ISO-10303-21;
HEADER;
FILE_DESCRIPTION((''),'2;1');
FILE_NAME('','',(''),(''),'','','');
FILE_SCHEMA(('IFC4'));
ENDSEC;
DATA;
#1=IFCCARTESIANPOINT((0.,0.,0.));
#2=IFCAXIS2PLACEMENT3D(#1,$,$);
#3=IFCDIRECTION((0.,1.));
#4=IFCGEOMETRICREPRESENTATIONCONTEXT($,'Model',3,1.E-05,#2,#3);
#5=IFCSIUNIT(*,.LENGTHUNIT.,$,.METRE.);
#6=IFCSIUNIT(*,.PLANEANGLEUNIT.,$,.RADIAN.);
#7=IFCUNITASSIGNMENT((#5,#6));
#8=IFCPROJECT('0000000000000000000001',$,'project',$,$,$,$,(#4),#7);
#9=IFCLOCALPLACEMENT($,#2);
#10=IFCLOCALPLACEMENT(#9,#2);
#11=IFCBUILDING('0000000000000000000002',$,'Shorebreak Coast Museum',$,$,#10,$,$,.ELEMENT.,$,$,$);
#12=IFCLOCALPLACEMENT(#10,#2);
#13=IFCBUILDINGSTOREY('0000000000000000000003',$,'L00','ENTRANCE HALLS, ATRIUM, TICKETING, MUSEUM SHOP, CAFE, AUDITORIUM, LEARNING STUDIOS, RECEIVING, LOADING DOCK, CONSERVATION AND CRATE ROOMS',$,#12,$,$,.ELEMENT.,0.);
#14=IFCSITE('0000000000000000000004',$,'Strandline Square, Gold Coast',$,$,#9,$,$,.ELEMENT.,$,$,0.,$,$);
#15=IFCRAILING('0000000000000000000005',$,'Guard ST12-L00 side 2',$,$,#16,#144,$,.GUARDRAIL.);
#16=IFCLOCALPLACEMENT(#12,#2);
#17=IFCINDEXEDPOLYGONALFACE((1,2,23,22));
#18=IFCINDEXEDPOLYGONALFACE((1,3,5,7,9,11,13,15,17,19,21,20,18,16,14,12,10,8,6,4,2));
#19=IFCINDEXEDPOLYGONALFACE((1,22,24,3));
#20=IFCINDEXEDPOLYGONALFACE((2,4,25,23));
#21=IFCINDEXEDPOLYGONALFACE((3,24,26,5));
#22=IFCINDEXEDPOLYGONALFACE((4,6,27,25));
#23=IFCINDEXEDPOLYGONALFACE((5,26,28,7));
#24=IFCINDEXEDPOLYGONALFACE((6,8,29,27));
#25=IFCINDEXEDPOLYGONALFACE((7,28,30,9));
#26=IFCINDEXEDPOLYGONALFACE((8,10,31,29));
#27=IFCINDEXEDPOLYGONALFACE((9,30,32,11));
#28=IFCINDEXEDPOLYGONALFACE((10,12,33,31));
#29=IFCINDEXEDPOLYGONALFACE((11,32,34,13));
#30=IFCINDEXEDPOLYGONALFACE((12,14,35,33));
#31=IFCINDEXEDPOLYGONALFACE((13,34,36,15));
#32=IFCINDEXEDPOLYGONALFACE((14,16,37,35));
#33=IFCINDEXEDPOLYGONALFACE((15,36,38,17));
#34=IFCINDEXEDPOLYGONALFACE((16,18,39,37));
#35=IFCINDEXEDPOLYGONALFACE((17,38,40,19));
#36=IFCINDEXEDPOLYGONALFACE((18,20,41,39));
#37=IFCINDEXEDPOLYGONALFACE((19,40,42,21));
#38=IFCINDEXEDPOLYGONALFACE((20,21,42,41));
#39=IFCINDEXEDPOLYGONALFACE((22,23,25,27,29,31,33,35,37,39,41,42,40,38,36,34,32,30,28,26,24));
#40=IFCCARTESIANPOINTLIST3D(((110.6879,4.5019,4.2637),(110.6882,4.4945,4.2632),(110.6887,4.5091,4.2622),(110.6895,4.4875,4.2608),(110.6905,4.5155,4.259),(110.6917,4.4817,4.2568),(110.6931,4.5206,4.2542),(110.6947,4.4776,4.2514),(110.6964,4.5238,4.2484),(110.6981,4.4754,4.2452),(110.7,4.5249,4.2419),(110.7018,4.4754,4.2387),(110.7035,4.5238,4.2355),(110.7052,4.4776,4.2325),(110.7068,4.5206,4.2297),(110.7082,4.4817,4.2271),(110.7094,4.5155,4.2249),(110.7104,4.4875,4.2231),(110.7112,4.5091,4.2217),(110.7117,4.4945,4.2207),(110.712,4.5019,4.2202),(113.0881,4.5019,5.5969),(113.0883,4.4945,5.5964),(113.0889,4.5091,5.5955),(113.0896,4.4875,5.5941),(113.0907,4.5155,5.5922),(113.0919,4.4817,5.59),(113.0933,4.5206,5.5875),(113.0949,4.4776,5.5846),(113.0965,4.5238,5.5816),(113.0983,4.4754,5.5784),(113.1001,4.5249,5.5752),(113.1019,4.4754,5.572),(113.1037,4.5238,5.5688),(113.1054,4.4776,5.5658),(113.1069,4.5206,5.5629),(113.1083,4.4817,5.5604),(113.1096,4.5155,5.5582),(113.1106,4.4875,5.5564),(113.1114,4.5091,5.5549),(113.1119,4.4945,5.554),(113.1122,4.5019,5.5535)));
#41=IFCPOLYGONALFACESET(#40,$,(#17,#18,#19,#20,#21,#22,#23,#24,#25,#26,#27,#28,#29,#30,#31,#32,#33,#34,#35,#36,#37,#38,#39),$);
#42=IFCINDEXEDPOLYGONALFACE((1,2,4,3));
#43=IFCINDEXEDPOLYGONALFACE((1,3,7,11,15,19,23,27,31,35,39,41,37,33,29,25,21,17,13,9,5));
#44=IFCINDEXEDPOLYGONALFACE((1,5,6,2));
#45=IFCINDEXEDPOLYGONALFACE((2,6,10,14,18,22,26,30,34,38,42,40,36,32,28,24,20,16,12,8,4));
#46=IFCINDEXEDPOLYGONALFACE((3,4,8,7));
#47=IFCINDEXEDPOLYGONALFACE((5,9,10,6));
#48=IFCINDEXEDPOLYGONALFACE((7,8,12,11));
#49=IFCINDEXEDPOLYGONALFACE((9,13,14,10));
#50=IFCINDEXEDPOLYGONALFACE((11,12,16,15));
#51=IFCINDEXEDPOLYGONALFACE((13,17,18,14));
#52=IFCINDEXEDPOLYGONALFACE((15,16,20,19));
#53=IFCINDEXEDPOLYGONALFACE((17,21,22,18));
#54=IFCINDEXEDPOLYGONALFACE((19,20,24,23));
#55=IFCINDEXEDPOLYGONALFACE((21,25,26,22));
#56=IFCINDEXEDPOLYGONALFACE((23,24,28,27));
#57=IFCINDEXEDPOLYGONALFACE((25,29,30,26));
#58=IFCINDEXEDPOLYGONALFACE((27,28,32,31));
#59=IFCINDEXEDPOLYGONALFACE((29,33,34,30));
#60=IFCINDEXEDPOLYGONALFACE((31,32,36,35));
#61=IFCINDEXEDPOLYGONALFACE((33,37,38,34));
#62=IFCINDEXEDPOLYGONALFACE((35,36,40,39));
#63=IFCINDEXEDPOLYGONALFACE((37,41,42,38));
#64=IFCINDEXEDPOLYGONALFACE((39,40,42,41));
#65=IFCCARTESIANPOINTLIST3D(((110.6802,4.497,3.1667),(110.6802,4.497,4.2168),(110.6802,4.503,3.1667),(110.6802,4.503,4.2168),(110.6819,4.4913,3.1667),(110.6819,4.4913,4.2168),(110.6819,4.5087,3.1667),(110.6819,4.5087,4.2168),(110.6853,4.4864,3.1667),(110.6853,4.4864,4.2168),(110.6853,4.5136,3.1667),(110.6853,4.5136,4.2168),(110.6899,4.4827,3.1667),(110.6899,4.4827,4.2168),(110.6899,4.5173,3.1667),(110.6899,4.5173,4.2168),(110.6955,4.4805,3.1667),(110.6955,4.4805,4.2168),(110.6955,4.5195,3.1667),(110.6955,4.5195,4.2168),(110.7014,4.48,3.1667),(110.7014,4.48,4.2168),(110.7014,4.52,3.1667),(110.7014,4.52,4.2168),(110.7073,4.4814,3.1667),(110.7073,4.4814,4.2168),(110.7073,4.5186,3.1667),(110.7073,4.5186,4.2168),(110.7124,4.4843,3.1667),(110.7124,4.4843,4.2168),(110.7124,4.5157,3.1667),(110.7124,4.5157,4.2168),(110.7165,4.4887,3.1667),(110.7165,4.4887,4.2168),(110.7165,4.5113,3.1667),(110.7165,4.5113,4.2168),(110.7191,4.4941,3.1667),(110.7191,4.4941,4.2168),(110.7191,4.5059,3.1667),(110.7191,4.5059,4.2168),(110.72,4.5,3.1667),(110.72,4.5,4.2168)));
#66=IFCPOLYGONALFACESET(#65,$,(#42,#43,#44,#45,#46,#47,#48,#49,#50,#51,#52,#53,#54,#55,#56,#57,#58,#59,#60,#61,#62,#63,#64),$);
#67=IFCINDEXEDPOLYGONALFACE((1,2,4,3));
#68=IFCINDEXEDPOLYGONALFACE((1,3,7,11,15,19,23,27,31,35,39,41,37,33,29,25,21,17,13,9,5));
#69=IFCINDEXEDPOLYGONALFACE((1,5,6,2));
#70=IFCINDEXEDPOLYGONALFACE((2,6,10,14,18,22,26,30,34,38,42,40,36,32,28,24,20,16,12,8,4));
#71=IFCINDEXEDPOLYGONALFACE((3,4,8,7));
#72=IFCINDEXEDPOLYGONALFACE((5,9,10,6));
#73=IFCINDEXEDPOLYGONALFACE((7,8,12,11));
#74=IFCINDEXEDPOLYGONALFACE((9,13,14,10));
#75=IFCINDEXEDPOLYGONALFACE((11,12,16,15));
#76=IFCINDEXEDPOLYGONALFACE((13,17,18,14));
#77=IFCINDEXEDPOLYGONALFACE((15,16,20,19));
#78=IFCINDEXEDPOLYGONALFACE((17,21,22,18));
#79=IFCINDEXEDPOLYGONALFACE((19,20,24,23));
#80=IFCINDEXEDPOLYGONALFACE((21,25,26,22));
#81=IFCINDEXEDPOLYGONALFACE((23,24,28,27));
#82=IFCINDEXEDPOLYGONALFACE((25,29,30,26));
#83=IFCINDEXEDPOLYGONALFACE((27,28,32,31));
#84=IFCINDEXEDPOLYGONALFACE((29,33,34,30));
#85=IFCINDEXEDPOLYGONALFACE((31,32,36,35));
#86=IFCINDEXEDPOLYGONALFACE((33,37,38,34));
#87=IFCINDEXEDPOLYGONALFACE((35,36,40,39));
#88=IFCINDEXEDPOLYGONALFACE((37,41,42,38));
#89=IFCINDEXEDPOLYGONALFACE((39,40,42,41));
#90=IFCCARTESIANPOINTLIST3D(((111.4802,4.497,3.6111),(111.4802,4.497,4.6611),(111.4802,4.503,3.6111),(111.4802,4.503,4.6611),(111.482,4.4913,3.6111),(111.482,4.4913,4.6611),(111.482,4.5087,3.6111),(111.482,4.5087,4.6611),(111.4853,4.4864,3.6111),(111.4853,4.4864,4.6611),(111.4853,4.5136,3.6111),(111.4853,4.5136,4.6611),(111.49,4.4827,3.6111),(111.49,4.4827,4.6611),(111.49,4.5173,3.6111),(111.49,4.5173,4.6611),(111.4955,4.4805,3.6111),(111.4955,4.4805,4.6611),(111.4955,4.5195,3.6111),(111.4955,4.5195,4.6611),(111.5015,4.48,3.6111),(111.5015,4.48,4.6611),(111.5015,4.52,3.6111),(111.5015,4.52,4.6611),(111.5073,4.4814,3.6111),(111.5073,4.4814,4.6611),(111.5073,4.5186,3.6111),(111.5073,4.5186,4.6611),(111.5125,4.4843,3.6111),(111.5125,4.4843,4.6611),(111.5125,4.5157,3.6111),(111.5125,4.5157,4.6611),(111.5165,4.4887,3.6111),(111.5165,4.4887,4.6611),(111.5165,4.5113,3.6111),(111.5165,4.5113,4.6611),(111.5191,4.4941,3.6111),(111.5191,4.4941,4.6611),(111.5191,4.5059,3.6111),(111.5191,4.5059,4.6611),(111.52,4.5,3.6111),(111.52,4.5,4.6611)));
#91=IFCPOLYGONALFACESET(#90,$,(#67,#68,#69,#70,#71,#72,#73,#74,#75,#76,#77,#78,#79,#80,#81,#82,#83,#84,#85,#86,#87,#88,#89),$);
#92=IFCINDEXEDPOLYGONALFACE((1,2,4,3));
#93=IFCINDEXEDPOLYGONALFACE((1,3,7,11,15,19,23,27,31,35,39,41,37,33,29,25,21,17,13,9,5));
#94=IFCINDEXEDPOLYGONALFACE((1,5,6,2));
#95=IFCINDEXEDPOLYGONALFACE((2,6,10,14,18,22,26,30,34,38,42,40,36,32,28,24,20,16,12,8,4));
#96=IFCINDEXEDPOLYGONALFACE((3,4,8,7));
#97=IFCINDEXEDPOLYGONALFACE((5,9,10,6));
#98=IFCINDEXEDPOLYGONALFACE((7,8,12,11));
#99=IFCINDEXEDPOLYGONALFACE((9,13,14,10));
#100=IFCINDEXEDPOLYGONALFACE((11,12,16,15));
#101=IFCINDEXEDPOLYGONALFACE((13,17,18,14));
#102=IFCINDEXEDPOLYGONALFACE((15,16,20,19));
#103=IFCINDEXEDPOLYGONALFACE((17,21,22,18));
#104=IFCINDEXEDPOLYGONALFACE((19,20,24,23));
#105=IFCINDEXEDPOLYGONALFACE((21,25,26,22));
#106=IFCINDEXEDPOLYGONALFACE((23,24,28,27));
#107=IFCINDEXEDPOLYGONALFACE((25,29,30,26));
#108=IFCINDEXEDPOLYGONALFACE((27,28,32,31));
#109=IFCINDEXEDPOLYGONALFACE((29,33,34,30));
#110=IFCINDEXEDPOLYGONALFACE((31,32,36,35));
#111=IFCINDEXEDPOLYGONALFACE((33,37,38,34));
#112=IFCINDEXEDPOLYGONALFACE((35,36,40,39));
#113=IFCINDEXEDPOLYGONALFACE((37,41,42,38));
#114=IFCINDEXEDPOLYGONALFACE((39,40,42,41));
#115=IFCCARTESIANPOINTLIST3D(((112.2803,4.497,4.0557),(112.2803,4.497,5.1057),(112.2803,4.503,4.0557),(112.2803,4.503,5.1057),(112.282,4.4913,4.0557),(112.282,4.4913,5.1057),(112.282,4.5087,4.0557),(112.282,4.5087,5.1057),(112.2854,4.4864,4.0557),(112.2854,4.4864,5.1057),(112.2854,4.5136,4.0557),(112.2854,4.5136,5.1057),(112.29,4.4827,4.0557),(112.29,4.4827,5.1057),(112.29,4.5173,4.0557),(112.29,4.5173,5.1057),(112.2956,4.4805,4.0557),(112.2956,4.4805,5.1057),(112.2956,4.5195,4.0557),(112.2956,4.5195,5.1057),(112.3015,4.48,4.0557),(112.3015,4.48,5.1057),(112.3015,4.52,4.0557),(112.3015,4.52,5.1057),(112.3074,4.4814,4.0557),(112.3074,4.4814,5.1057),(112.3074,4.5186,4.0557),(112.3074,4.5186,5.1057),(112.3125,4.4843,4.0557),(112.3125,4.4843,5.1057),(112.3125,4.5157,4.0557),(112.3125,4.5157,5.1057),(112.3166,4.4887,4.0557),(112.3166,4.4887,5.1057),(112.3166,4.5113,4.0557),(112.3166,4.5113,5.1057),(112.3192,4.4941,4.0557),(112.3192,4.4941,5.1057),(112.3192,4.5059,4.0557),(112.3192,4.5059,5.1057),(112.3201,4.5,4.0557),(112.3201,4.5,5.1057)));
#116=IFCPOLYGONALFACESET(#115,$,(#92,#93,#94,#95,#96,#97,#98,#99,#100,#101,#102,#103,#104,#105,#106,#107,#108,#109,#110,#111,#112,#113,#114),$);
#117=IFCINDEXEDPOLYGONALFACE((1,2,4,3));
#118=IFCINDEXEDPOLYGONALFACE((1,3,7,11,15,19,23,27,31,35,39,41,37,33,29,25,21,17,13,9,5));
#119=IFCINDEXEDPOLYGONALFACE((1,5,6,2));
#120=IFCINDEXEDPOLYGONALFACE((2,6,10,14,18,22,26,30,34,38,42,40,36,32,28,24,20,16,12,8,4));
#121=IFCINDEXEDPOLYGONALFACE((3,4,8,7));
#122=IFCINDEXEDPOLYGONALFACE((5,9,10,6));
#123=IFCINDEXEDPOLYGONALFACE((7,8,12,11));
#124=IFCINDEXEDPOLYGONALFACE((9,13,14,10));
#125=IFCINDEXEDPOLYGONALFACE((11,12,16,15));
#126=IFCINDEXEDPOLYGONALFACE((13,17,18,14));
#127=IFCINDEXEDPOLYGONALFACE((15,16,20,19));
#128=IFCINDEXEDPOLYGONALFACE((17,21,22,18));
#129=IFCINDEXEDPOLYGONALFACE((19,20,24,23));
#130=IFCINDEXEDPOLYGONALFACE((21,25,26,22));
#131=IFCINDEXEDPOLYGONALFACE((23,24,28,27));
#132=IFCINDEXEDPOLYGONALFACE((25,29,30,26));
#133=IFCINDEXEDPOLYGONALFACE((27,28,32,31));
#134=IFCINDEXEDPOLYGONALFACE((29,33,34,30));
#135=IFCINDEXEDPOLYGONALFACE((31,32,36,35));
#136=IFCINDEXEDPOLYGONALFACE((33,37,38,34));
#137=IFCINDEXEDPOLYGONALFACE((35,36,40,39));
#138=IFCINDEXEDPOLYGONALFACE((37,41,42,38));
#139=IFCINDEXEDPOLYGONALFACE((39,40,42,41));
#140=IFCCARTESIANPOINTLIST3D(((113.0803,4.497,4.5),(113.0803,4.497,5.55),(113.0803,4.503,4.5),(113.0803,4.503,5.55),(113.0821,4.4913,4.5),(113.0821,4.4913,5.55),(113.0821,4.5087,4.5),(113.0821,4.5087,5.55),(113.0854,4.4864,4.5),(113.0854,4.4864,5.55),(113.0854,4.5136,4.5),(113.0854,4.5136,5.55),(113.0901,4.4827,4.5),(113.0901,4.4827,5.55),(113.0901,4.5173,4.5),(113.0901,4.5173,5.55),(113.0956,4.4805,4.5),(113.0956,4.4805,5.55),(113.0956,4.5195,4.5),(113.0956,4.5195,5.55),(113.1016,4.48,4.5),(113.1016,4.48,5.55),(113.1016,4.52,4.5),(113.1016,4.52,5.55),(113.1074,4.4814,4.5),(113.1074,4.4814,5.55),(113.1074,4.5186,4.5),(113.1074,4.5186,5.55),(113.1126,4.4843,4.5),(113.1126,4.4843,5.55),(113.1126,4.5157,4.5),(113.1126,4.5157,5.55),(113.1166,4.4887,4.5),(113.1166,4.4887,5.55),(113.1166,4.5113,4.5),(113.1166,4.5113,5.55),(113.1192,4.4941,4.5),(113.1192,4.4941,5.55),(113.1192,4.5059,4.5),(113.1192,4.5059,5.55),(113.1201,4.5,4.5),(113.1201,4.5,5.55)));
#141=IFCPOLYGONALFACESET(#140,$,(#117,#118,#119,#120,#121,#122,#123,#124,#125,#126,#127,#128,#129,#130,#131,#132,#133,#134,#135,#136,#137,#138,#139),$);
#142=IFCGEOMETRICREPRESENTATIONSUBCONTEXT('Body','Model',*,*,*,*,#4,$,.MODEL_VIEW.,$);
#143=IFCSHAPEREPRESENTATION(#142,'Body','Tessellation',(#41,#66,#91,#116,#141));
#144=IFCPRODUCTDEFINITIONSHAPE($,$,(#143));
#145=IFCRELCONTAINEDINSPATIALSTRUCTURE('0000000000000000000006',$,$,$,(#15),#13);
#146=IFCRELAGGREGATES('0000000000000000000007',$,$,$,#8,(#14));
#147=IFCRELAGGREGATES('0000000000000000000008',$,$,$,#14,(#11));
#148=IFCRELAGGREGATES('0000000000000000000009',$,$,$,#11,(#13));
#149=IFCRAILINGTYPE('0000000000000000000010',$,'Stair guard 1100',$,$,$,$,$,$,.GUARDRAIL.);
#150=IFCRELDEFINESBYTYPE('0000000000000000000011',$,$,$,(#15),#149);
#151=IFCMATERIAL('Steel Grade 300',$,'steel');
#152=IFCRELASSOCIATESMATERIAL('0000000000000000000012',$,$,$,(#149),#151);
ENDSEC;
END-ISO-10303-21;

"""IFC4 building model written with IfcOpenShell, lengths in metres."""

from ifc_helpers import new_model, si_unit, direction, frame, origin, origin_2d, place, context, subcontext, project, spatial, circle, extrude, material, type_object, element, save


model = new_model("IFC4")

# Units and contexts
model_context = context("Model", 3, precision=1e-05, world=origin(), true_north=direction((0.0, 1.0)))
body_context = subcontext(model_context, "Body", "Model", "MODEL_VIEW")
ifc_project = project(units=[si_unit("LENGTHUNIT", "METRE"), si_unit("PLANEANGLEUNIT", "RADIAN")], contexts=[model_context])

# Site, building, storey
site_placement = place(None, origin())
site = spatial("IfcSite", under=ifc_project, at=site_placement, Name="Strandline Square, Gold Coast", CompositionType="ELEMENT", RefElevation=0.0)
building_placement = place(site_placement, origin())
building = spatial("IfcBuilding", under=site, at=building_placement, Name="Shorebreak Coast Museum", CompositionType="ELEMENT")
storey_placement = place(building_placement, origin())
storey = spatial("IfcBuildingStorey", under=building, at=storey_placement, Name="L00", Description="ENTRANCE HALLS, ATRIUM, TICKETING, MUSEUM SHOP, CAFE, AUDITORIUM, LEARNING STUDIOS, RECEIVING, LOADING DOCK, CONSERVATION AND CRATE ROOMS", CompositionType="ELEMENT", Elevation=0.0)

# Railing
ifc_material_1 = material(Name="Steel Grade 300", Category="steel")
railing_type_1 = type_object("IfcRailingType", Name="Stair guard 1100", PredefinedType="GUARDRAIL", material=ifc_material_1)
railing_1_placement = place(storey_placement, frame((110.7, 4.5, 3.1667)))
element("IfcRailing", 1, at=railing_1_placement, inside=storey, type_object=railing_type_1, Name="Guard ST12-L00 side 2", PredefinedType="GUARDRAIL", context=body_context, shape_type="SweptSolid", body=[
    extrude(circle(Radius=0.0249, at=origin_2d()), frame((0.0, 0.0, 1.0752), z_axis=(0.874182, 0.0, 0.485598), x_axis=(0.0, 1.0, 0.0)), (0.0, 0.0, 1.0), 2.7456),
    extrude(circle(Radius=0.02, at=origin_2d()), origin(), (0.0, 0.0, 1.0), 1.05),
    extrude(circle(Radius=0.02, at=origin_2d()), frame((0.8, 0.0, 0.4443)), (0.0, 0.0, 1.0), 1.05),
    extrude(circle(Radius=0.02, at=origin_2d()), frame((1.6001, 0.0, 0.8889)), (0.0, 0.0, 1.0), 1.05),
    extrude(circle(Radius=0.02, at=origin_2d()), frame((2.4001, 0.0, 1.3333)), (0.0, 0.0, 1.0), 1.05),
])

save(model, "model.ifc")
